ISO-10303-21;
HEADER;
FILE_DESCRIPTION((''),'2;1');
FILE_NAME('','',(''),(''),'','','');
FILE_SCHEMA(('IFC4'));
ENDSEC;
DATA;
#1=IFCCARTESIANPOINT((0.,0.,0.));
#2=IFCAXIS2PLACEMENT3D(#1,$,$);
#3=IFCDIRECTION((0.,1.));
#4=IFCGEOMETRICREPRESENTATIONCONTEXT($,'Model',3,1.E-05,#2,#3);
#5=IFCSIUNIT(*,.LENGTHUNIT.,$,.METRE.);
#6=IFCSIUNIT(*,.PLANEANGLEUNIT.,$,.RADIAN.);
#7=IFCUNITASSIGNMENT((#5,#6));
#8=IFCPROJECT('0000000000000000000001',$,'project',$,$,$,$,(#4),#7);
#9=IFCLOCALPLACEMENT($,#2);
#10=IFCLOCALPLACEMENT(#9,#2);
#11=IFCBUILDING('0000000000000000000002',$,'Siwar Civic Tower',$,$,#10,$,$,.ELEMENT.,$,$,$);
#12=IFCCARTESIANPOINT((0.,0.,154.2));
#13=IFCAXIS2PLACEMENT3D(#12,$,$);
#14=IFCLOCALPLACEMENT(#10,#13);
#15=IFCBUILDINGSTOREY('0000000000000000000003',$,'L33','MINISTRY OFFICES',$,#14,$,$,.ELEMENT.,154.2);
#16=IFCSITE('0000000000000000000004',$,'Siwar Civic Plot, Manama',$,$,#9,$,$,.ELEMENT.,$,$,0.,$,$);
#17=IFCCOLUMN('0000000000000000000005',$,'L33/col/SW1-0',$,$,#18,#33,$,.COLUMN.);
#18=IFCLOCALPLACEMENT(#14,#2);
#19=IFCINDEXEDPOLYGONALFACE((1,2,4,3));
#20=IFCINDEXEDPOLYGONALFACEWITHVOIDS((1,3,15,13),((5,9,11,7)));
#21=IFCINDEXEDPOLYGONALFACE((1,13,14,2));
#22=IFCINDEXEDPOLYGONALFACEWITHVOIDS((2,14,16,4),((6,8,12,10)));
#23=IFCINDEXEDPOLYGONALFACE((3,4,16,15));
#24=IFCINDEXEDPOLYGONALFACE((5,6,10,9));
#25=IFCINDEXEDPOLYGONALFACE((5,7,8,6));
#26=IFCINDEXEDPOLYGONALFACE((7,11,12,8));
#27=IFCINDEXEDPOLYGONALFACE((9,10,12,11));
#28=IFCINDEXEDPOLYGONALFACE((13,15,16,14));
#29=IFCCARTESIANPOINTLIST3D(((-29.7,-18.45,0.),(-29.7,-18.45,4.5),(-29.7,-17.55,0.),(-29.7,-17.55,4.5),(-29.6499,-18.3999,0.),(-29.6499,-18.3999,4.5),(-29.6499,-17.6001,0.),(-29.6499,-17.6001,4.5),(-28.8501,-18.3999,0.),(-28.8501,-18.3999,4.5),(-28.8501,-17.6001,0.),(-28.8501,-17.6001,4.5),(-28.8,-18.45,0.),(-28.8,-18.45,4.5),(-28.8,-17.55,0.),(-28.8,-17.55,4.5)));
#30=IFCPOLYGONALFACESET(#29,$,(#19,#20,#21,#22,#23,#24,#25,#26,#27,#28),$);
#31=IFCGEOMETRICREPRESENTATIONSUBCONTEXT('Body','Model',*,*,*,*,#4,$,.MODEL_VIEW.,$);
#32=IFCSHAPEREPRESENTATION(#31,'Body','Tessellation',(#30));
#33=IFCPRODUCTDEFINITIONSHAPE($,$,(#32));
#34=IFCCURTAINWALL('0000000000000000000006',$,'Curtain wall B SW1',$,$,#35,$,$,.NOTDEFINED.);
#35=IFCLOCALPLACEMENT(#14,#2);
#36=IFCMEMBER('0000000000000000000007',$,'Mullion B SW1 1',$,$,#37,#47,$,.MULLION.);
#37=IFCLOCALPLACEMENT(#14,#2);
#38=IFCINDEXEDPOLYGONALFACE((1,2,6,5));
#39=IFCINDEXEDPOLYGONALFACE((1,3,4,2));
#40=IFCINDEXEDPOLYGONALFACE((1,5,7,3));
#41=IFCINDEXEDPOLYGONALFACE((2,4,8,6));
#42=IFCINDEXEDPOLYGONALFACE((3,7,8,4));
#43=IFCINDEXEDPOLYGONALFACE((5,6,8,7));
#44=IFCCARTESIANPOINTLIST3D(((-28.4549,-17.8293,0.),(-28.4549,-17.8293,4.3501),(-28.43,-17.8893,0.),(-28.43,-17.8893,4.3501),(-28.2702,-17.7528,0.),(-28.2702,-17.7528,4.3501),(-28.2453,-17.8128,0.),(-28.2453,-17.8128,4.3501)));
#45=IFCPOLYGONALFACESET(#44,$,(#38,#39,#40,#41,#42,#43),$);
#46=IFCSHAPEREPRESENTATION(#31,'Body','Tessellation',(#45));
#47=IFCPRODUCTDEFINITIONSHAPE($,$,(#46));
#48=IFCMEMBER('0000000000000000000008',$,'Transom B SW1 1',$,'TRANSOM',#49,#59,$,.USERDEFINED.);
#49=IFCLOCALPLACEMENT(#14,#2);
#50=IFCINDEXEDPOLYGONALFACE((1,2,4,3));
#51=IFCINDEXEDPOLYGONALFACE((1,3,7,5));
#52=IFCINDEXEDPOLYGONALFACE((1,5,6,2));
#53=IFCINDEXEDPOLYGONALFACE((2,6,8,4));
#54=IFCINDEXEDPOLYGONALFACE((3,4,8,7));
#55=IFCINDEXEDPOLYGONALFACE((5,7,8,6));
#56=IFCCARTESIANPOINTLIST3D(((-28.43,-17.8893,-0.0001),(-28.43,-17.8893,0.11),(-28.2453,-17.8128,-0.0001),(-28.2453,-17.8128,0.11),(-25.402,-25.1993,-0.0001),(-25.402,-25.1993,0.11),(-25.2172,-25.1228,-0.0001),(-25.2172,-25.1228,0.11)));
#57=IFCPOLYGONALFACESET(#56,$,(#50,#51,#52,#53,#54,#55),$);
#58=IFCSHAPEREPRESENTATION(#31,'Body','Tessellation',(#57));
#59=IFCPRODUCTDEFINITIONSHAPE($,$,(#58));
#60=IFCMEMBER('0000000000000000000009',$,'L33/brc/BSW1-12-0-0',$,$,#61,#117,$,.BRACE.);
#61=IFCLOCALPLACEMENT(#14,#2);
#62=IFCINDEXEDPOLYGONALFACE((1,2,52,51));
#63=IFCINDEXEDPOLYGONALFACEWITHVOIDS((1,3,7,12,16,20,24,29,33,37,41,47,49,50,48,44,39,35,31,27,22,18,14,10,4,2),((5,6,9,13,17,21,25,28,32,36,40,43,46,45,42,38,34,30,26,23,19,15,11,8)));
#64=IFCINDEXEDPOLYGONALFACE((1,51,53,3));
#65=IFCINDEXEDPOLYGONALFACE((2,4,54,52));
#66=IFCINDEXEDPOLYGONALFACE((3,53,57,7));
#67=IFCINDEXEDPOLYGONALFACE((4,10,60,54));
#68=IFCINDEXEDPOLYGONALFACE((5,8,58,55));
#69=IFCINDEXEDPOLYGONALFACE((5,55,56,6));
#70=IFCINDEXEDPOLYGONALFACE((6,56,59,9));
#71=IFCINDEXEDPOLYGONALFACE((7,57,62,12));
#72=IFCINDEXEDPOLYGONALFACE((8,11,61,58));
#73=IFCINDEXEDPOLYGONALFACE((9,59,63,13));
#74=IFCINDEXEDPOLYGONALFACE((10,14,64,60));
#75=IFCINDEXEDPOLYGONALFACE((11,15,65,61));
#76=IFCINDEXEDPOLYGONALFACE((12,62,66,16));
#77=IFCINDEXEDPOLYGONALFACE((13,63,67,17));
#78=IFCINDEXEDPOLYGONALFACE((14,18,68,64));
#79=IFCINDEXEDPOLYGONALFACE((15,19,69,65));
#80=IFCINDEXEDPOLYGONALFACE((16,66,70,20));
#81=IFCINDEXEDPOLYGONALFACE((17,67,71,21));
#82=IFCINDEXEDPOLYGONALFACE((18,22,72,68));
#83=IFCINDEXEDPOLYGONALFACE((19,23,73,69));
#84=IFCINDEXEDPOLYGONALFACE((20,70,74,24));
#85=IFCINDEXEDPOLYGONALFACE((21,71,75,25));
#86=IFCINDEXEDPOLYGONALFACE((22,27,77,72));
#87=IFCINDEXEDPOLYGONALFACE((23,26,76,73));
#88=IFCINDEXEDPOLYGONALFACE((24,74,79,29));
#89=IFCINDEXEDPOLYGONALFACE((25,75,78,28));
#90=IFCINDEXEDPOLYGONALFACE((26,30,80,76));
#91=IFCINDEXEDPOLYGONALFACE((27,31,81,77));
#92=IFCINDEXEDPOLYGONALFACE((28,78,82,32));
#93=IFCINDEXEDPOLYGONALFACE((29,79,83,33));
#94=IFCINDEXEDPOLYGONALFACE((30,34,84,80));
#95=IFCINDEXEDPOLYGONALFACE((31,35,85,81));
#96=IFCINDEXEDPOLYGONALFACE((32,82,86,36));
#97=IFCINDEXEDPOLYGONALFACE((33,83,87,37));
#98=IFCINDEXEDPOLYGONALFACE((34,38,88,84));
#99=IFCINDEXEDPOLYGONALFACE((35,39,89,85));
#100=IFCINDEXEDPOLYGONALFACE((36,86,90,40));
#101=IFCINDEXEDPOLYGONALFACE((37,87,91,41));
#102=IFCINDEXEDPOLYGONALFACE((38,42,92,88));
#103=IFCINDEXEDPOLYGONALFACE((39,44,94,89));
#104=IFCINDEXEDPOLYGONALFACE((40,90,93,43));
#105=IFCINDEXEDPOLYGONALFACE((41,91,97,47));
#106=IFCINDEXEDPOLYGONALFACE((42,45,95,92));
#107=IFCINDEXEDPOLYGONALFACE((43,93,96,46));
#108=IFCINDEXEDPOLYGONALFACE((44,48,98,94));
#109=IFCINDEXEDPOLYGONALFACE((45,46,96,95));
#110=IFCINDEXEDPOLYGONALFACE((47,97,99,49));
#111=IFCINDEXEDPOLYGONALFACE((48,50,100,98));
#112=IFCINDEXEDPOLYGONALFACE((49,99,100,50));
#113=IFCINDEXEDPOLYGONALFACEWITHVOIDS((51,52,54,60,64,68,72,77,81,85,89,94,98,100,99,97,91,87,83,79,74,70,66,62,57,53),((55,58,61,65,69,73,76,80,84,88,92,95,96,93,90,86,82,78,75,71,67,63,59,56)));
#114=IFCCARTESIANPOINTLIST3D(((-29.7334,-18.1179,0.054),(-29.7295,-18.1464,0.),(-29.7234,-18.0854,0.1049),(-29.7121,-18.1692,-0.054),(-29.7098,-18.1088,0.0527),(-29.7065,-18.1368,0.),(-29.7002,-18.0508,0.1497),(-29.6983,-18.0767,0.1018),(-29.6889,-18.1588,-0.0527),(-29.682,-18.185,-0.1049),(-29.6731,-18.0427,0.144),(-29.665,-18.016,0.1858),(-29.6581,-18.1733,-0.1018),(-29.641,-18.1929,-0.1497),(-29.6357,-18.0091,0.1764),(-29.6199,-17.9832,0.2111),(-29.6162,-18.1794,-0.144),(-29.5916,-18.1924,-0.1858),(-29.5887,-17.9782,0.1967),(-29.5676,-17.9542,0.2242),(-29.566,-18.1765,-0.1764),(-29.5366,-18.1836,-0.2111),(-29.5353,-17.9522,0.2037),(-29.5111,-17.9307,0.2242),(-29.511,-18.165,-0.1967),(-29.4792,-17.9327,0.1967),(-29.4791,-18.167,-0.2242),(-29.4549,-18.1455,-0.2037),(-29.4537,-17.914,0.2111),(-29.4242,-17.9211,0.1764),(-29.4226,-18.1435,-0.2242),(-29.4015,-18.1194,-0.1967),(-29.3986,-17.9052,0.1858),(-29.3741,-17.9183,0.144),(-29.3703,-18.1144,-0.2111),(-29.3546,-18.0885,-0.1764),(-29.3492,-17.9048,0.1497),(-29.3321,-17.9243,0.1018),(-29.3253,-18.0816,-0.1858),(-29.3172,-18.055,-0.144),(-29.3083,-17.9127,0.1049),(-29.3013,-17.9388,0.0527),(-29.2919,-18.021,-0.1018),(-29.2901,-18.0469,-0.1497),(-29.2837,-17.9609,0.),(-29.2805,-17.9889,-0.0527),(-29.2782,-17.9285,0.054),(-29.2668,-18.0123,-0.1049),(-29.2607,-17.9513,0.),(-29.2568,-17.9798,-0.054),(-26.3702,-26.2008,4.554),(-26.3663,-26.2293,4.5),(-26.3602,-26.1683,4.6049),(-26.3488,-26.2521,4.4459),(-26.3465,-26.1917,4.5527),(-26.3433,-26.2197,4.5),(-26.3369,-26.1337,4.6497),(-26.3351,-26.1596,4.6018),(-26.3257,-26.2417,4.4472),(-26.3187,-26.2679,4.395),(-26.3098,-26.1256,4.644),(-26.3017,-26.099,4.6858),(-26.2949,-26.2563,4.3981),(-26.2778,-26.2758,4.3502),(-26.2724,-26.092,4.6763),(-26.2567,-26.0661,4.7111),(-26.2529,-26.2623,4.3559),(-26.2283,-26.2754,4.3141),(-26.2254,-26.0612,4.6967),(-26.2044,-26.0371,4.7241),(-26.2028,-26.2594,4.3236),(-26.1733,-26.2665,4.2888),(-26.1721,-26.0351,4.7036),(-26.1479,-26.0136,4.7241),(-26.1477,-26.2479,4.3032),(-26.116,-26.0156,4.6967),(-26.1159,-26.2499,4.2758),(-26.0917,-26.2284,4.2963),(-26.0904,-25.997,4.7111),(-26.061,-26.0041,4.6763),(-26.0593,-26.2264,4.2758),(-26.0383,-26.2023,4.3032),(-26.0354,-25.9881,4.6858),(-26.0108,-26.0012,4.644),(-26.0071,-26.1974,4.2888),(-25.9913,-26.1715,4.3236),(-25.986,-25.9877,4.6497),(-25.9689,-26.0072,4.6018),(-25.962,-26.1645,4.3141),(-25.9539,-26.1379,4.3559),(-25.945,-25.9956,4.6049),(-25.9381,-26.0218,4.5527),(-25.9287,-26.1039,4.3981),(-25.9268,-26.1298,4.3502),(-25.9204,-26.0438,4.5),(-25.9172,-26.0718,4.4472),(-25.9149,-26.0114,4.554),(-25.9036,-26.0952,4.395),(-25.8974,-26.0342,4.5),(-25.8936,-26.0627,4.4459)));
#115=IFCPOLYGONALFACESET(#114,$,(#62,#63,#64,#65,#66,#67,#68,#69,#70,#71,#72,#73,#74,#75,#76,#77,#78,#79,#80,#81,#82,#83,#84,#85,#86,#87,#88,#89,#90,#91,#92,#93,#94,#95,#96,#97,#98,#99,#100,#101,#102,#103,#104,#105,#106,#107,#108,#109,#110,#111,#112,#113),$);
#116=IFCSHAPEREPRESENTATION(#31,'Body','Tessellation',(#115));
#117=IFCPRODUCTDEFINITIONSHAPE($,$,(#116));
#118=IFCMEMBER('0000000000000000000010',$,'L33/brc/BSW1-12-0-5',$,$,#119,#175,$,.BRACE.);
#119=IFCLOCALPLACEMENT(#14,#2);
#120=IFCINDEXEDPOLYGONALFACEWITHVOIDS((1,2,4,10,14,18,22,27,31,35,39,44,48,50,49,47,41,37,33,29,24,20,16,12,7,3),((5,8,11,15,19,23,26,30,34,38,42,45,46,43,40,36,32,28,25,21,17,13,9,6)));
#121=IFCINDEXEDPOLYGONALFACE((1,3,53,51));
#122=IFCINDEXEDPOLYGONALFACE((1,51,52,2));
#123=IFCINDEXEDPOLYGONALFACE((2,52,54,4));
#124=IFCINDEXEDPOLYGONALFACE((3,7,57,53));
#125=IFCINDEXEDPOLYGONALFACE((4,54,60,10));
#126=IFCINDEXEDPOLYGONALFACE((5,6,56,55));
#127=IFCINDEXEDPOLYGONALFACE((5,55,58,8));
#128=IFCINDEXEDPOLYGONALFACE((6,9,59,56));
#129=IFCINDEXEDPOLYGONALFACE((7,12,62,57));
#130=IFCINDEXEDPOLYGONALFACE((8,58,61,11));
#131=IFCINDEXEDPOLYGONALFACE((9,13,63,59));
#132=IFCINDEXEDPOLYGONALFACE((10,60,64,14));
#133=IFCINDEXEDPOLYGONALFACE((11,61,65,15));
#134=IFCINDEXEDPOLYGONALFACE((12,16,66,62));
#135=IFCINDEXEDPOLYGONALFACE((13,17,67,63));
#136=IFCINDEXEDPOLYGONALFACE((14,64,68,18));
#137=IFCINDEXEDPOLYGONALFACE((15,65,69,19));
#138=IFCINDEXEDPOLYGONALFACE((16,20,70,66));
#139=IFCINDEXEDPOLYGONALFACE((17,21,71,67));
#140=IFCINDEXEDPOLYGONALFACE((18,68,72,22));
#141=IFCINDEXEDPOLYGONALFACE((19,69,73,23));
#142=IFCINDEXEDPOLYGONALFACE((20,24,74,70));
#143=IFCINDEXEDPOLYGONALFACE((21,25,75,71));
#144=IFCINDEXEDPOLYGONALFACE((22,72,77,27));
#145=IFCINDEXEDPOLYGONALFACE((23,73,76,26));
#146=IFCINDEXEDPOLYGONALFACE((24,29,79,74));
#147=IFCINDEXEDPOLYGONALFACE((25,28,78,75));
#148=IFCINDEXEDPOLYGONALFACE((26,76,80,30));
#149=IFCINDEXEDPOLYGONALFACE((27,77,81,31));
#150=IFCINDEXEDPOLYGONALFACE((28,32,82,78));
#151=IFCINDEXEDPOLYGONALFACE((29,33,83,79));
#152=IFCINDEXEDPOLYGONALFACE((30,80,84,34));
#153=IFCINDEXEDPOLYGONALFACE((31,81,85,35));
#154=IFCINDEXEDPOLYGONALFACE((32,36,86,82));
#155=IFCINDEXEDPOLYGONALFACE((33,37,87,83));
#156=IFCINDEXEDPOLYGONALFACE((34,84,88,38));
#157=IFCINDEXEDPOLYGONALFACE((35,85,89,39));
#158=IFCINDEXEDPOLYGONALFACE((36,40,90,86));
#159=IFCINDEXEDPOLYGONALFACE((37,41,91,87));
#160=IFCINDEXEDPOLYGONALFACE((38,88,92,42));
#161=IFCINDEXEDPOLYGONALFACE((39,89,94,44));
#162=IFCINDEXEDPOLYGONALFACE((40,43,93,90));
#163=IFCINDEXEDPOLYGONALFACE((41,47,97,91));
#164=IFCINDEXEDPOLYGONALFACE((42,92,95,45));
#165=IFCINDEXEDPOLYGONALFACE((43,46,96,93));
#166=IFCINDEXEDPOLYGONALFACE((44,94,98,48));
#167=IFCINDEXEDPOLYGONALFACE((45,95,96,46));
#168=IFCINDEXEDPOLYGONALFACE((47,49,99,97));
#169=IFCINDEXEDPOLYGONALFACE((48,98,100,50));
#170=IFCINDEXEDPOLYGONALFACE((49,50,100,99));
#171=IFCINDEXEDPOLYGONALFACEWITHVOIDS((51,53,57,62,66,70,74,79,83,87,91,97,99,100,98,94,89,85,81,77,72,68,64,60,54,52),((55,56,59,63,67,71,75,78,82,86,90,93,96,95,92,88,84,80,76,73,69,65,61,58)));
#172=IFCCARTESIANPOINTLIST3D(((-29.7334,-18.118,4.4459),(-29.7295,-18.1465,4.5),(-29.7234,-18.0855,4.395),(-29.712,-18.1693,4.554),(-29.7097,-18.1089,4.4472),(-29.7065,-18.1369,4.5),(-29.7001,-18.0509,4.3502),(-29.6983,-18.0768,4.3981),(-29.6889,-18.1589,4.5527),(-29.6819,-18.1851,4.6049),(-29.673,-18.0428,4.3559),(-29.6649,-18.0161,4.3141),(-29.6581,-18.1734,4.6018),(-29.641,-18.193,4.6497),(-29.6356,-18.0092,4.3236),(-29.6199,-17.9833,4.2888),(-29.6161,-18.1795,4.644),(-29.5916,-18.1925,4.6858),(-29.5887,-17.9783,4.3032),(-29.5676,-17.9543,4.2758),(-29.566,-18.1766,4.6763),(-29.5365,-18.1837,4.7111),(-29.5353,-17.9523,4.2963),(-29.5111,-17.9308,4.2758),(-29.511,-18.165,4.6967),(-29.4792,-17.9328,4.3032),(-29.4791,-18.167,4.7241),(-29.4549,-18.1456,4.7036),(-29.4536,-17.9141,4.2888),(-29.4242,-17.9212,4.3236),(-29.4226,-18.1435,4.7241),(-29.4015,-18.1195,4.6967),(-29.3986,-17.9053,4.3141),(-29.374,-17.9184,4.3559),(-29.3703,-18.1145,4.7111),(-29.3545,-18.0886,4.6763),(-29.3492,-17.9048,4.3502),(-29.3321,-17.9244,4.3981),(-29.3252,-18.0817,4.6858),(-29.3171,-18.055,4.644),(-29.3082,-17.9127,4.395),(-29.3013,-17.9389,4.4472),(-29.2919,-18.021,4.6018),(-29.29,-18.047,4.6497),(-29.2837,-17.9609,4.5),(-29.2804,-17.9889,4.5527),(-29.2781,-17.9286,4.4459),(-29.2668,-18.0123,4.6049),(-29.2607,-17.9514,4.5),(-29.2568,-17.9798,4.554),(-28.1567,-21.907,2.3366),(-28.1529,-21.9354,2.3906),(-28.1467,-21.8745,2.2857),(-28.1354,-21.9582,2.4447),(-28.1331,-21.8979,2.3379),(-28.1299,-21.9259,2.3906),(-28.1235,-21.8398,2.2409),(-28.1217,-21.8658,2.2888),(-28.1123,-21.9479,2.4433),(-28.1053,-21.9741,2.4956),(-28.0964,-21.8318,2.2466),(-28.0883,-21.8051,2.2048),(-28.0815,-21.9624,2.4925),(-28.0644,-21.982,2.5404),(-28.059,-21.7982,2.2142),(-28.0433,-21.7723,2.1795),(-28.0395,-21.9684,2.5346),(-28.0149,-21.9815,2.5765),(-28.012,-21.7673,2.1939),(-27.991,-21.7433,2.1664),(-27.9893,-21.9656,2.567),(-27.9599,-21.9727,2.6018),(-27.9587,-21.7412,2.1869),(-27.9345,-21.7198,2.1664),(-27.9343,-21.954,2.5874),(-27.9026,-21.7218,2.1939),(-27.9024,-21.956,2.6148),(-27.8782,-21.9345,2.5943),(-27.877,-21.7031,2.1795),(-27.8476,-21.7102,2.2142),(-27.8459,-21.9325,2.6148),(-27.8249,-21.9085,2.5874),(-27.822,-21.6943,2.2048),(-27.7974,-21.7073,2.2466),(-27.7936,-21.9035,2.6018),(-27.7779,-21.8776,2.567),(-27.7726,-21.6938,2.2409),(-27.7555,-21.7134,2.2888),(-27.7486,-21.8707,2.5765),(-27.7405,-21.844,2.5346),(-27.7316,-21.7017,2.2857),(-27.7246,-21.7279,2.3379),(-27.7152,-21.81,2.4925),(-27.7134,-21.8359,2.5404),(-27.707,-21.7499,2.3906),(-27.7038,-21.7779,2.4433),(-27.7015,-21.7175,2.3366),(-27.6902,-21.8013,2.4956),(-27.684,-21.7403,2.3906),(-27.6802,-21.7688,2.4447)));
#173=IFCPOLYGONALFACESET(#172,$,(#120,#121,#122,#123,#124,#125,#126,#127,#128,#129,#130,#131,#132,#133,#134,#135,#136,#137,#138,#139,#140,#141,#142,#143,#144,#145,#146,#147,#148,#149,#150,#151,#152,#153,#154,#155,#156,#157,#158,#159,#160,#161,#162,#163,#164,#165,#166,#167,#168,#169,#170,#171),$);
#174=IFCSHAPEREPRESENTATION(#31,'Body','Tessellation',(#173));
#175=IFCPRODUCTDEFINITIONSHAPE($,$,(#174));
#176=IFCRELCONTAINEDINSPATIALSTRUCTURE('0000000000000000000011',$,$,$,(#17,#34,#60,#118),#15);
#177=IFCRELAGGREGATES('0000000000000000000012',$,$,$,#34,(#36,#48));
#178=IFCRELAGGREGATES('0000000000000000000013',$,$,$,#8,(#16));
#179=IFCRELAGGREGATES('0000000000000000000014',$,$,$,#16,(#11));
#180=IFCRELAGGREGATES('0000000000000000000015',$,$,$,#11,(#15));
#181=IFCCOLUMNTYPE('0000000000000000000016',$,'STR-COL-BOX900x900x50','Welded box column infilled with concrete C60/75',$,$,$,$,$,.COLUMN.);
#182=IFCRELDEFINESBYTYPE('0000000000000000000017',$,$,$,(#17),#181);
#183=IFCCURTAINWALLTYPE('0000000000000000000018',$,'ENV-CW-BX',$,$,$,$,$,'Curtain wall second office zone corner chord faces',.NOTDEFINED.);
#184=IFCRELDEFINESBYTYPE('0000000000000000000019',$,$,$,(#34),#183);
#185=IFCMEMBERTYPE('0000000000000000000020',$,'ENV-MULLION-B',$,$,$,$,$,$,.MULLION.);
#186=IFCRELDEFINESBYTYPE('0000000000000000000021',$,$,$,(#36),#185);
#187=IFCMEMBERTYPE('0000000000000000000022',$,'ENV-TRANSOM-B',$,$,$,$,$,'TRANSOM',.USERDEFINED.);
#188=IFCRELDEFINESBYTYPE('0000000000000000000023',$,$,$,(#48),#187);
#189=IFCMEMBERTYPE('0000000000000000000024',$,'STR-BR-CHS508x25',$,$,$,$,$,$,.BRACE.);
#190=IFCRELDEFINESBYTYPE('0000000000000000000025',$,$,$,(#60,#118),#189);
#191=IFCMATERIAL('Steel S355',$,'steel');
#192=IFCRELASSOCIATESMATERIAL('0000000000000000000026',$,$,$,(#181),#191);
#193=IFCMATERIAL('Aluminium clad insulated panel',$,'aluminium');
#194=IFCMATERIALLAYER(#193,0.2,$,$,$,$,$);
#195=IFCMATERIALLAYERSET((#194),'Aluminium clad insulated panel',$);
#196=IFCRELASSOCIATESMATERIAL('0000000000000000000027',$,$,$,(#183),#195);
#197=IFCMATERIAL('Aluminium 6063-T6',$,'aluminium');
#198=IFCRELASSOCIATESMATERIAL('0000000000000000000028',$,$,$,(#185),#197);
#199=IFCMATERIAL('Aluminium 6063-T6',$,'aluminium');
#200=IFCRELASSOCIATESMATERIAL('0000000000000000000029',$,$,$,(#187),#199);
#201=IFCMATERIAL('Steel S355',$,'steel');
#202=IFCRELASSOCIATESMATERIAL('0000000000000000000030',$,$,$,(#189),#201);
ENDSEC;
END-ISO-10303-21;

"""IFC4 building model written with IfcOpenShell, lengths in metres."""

from ifc_helpers import new_model, si_unit, direction, frame, origin, origin_2d, place, context, subcontext, project, spatial, rectangle, hollow_rectangle, hollow_circle, extrude, material, layer, layer_set, material_profile, profile_set, type_object, element, aggregate, save


model = new_model("IFC4")

# Units and contexts
model_context = context("Model", 3, precision=1e-05, world=origin(), true_north=direction((0.0, 1.0)))
body_context = subcontext(model_context, "Body", "Model", "MODEL_VIEW")
ifc_project = project(units=[si_unit("LENGTHUNIT", "METRE"), si_unit("PLANEANGLEUNIT", "RADIAN")], contexts=[model_context])

# Site, building, storey
site_placement = place(None, origin())
site = spatial("IfcSite", under=ifc_project, at=site_placement, Name="Siwar Civic Plot, Manama", CompositionType="ELEMENT", RefElevation=0.0)
building_placement = place(site_placement, origin())
building = spatial("IfcBuilding", under=site, at=building_placement, Name="Siwar Civic Tower", CompositionType="ELEMENT")
storey_placement = place(building_placement, frame((0.0, 0.0, 154.2)))
storey = spatial("IfcBuildingStorey", under=building, at=storey_placement, Name="L33", Description="MINISTRY OFFICES", CompositionType="ELEMENT", Elevation=154.2)

# Column
ifc_material_1 = material(Name="Steel S355", Category="steel")
ifc_material_profile_1 = material_profile(ifc_material_1, hollow_rectangle(XDim=0.8999, YDim=0.8999, WallThickness=0.05, at=origin_2d()), Name="BOX900x900x50")
ifc_profile_set_1 = profile_set([ifc_material_profile_1], Name="Steel S355")
column_type = type_object("IfcColumnType", Name="STR-COL-BOX900x900x50", Description="Welded box column infilled with concrete C60/75", PredefinedType="COLUMN", material=ifc_profile_set_1)
column_placement = place(storey_placement, frame((-29.25, -18.0, 0.0), z_axis=(0.0, 0.0, 1.0), x_axis=(1.0, 0.0, 0.0)))
element("IfcColumn", 1, at=column_placement, inside=storey, type_object=column_type, Name="L33/col/SW1-0", PredefinedType="COLUMN", context=body_context, shape_type="SweptSolid", body=[
    extrude(hollow_rectangle(XDim=0.8999, YDim=0.8999, WallThickness=0.05, at=origin_2d()), origin(), (0.0, 0.0, 1.0), 4.5),
])

# Curtain wall, members
ifc_material_2 = material(Name="Aluminium clad insulated panel", Category="aluminium")
ifc_layer_1 = layer(ifc_material_2, 0.2)
ifc_layer_set_1 = layer_set([ifc_layer_1], Name="Aluminium clad insulated panel")
curtain_wall_type = type_object("IfcCurtainWallType", Name="ENV-CW-BX", ElementType="Curtain wall second office zone corner chord faces", PredefinedType="NOTDEFINED", material=ifc_layer_set_1)
curtain_wall_placement = place(storey_placement, origin())
curtain_wall = element("IfcCurtainWall", 2, at=curtain_wall_placement, inside=storey, type_object=curtain_wall_type, Name="Curtain wall B SW1", PredefinedType="NOTDEFINED")
ifc_material_3 = material(Name="Aluminium 6063-T6", Category="aluminium")
ifc_material_profile_2 = material_profile(ifc_material_3, rectangle(XDim=0.2, YDim=0.0649, at=origin_2d()), Name="AL 200x65")
ifc_profile_set_2 = profile_set([ifc_material_profile_2], Name="Aluminium 6063-T6")
member_type_1 = type_object("IfcMemberType", Name="ENV-MULLION-B", PredefinedType="MULLION", material=ifc_profile_set_2)
member_1_placement = place(storey_placement, frame((-28.3501, -17.821, 0.0), z_axis=(0.0, 0.0, 1.0), x_axis=(0.92388, 0.382683, 0.0)))
member_1 = element("IfcMember", 3, at=member_1_placement, type_object=member_type_1, Name="Mullion B SW1 1", PredefinedType="MULLION", context=body_context, shape_type="SweptSolid", body=[
    extrude(rectangle(XDim=0.2, YDim=0.0649, at=origin_2d()), origin(), (0.0, 0.0, 1.0), 4.3501),
])
ifc_material_4 = material(Name="Aluminium 6063-T6", Category="aluminium")
ifc_material_profile_3 = material_profile(ifc_material_4, rectangle(XDim=0.2, YDim=0.1101, at=origin_2d()), Name="AL 200x110")
ifc_profile_set_3 = profile_set([ifc_material_profile_3], Name="Aluminium 6063-T6")
member_type_2 = type_object("IfcMemberType", Name="ENV-TRANSOM-B", ElementType="TRANSOM", PredefinedType="USERDEFINED", material=ifc_profile_set_3)
member_2_placement = place(storey_placement, frame((-28.3376, -17.8511, 0.0549), z_axis=(0.3827, -0.923873, 0.0), x_axis=(0.923873, 0.3827, 0.0)))
member_2 = element("IfcMember", 4, at=member_2_placement, type_object=member_type_2, Name="Transom B SW1 1", ObjectType="TRANSOM", PredefinedType="USERDEFINED", context=body_context, shape_type="SweptSolid", body=[
    extrude(rectangle(XDim=0.2, YDim=0.1101, at=origin_2d()), origin(), (0.0, 0.0, 1.0), 7.9124),
])

# Members
ifc_material_5 = material(Name="Steel S355", Category="steel")
ifc_material_profile_4 = material_profile(ifc_material_5, hollow_circle(Radius=0.2539, WallThickness=0.0249, at=origin_2d()), Name="CHS508x25")
ifc_profile_set_4 = profile_set([ifc_material_profile_4], Name="Steel S355")
member_type_3 = type_object("IfcMemberType", Name="STR-BR-CHS508x25", PredefinedType="BRACE", material=ifc_profile_set_4)
member_3_placement = place(storey_placement, frame((-29.4951, -18.0488, 0.0), z_axis=(0.341671, -0.821143, 0.457149), x_axis=(0.923265, 0.384164, 0.0)))
element("IfcMember", 5, at=member_3_placement, inside=storey, type_object=member_type_3, Name="L33/brc/BSW1-12-0-0", PredefinedType="BRACE", context=body_context, shape_type="SweptSolid", body=[
    extrude(hollow_circle(Radius=0.2539, WallThickness=0.0249, at=origin_2d()), origin(), (0.0, 0.0, 1.0), 9.8435),
])
member_4_placement = place(storey_placement, frame((-27.9185, -21.8379, 2.3906), z_axis=(-0.341686, 0.821146, 0.457133), x_axis=(-0.92326, -0.384176, 0.0)))
element("IfcMember", 6, at=member_4_placement, inside=storey, type_object=member_type_3, Name="L33/brc/BSW1-12-0-5", PredefinedType="BRACE", context=body_context, shape_type="SweptSolid", body=[
    extrude(hollow_circle(Radius=0.2539, WallThickness=0.0249, at=origin_2d()), origin(), (0.0, 0.0, 1.0), 4.6143),
])

aggregate(curtain_wall, [member_1, member_2])

save(model, "model.ifc")
